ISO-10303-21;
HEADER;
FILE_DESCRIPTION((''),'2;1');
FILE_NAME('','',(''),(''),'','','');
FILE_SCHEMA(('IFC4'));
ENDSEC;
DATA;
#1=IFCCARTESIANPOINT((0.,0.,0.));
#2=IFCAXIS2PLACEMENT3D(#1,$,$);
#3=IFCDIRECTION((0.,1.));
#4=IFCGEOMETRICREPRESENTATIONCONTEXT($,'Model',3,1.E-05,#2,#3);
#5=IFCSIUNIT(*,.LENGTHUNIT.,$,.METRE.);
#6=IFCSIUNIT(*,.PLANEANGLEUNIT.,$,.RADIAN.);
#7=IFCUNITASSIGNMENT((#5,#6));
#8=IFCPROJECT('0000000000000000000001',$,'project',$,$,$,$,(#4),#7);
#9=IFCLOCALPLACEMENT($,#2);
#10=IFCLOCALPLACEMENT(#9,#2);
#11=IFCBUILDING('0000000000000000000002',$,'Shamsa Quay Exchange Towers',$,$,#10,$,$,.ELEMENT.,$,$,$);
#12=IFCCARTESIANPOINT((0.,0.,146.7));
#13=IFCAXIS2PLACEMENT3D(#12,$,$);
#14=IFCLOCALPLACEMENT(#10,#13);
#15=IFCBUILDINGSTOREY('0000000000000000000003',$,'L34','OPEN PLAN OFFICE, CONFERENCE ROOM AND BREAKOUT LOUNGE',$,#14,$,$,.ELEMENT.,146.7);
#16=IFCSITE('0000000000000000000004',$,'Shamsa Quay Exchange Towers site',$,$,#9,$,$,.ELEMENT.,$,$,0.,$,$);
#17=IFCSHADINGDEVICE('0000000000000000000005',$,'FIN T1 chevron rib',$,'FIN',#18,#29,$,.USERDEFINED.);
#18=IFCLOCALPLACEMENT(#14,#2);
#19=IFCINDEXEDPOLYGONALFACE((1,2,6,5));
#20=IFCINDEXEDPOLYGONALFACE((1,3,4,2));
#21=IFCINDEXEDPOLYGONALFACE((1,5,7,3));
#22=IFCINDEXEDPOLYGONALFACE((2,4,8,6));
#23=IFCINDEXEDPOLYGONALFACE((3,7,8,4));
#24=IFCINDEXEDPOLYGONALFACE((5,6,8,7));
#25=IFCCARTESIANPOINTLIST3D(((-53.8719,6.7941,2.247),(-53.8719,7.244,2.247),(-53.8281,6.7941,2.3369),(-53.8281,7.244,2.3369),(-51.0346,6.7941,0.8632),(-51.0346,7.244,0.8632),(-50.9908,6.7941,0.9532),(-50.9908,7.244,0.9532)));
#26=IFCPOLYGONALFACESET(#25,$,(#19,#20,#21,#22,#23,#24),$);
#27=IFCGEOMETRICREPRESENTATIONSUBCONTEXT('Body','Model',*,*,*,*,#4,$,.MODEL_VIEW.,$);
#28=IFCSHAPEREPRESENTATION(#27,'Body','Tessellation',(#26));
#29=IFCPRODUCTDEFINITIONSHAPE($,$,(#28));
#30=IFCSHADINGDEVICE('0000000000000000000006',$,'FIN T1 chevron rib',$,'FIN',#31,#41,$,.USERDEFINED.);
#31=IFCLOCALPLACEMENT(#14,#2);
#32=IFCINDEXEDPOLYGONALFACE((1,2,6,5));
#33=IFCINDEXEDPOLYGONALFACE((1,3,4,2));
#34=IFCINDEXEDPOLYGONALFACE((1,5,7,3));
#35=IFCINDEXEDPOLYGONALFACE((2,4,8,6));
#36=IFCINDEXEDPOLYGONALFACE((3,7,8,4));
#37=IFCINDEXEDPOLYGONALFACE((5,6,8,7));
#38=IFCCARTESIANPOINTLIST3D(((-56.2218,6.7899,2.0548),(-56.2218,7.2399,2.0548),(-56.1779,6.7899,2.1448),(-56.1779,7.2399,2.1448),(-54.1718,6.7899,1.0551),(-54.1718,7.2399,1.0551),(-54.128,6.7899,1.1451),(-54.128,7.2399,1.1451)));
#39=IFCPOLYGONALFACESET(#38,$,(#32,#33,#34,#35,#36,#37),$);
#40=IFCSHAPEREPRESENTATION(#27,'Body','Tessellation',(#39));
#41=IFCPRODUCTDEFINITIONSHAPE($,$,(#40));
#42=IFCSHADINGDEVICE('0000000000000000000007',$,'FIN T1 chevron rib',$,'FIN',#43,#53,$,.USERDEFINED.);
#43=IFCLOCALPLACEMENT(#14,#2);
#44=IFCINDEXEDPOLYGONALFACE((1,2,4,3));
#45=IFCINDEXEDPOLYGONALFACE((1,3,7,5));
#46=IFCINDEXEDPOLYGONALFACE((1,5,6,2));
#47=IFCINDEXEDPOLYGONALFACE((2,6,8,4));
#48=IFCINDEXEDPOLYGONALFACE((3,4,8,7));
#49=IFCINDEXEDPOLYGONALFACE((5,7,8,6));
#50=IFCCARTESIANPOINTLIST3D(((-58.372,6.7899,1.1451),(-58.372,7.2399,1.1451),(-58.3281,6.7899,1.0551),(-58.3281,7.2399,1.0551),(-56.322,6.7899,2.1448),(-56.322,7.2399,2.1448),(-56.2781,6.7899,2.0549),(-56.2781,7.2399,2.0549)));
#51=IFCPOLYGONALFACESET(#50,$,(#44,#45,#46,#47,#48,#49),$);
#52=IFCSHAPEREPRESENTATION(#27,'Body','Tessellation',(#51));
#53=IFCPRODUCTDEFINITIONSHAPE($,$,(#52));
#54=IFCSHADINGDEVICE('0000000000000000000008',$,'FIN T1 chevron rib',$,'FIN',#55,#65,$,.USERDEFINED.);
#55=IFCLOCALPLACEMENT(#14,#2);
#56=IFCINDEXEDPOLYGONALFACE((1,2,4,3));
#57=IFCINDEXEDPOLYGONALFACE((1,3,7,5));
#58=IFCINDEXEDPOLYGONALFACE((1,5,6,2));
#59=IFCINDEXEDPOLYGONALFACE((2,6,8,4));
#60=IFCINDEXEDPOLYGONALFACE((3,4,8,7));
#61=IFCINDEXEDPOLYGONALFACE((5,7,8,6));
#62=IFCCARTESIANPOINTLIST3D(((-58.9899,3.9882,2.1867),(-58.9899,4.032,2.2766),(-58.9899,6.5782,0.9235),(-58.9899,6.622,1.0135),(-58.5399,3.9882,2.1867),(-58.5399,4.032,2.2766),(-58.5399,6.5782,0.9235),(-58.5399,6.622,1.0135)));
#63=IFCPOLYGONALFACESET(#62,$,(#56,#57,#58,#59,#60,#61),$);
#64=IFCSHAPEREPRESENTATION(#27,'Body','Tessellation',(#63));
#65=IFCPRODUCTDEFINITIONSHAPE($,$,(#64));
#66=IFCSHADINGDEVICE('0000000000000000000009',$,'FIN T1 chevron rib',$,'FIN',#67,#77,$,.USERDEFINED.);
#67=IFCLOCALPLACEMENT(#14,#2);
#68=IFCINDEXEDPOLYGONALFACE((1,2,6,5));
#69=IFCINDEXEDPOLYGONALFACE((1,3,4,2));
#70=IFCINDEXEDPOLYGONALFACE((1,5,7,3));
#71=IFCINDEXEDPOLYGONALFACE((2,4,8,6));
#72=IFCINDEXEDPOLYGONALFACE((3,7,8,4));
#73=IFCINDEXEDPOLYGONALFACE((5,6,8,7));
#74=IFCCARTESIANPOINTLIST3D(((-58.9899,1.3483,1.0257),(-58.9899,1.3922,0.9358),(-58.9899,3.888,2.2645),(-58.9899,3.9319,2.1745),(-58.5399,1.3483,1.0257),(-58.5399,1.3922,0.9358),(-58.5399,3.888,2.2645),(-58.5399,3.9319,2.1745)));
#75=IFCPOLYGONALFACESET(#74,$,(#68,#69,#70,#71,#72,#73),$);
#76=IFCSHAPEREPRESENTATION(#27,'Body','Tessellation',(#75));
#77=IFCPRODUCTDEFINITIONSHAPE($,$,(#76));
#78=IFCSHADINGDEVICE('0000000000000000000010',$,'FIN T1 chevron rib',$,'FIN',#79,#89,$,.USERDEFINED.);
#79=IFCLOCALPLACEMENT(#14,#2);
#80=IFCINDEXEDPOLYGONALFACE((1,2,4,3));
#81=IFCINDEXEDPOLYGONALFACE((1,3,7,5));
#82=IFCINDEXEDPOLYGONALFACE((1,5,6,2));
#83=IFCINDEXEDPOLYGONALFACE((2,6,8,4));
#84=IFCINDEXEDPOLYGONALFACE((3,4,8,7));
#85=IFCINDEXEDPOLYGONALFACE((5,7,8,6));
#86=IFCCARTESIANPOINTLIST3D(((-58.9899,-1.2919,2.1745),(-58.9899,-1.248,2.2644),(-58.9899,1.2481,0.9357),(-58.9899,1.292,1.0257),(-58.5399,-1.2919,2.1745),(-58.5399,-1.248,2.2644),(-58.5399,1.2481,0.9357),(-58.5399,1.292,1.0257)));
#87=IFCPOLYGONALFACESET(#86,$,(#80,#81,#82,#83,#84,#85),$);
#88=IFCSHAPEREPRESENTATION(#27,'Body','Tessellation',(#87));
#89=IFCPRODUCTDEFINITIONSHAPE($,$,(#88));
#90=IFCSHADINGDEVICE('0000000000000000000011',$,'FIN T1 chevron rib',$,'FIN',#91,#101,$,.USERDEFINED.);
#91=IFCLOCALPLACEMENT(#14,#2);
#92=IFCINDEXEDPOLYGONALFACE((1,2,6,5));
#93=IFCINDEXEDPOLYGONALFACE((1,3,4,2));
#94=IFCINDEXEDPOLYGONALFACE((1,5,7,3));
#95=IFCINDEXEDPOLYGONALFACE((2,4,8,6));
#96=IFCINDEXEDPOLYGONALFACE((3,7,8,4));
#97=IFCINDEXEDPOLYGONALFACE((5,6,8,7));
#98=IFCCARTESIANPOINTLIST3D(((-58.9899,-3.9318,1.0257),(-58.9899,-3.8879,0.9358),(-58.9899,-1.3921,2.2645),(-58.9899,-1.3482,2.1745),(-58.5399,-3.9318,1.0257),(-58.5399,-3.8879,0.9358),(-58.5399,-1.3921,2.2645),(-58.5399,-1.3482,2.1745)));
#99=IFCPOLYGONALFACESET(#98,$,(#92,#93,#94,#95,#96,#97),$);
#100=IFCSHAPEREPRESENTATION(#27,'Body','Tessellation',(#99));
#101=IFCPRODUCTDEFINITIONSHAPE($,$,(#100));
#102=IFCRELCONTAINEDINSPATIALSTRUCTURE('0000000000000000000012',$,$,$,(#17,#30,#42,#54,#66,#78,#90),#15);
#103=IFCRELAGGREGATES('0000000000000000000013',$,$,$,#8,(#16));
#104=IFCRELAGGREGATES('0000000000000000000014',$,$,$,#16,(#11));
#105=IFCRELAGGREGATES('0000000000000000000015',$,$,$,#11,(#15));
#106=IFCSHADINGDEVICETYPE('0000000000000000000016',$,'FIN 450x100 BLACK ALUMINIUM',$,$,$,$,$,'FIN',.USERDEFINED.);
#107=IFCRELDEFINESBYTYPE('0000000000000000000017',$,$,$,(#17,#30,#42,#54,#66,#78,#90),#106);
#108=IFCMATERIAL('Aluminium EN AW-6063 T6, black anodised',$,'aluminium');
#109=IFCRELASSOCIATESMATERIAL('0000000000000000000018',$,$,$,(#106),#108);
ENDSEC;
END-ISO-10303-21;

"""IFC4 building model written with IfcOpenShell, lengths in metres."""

from ifc_helpers import new_model, si_unit, direction, frame, origin, origin_2d, place, context, subcontext, project, spatial, rectangle, extrude, material, material_profile, profile_set, type_object, element, save


model = new_model("IFC4")

# Units and contexts
model_context = context("Model", 3, precision=1e-05, world=origin(), true_north=direction((0.0, 1.0)))
body_context = subcontext(model_context, "Body", "Model", "MODEL_VIEW")
ifc_project = project(units=[si_unit("LENGTHUNIT", "METRE"), si_unit("PLANEANGLEUNIT", "RADIAN")], contexts=[model_context])

# Site, building, storey
site_placement = place(None, origin())
site = spatial("IfcSite", under=ifc_project, at=site_placement, Name="Shamsa Quay Exchange Towers site", CompositionType="ELEMENT", RefElevation=0.0)
building_placement = place(site_placement, origin())
building = spatial("IfcBuilding", under=site, at=building_placement, Name="Shamsa Quay Exchange Towers", CompositionType="ELEMENT")
storey_placement = place(building_placement, frame((0.0, 0.0, 146.7)))
storey = spatial("IfcBuildingStorey", under=building, at=storey_placement, Name="L34", Description="OPEN PLAN OFFICE, CONFERENCE ROOM AND BREAKOUT LOUNGE", CompositionType="ELEMENT", Elevation=146.7)

# Shared definitions
ifc_material_1 = material(Name="Aluminium EN AW-6063 T6, black anodised", Category="aluminium")

# Shading devices
ifc_material_profile_1 = material_profile(ifc_material_1, rectangle(XDim=0.45, YDim=0.1001, at=origin_2d()), Name="FIN450x100")
ifc_profile_set_1 = profile_set([ifc_material_profile_1], Name="Aluminium EN AW-6063 T6, black anodised")
shading_device_type = type_object("IfcShadingDeviceType", Name="FIN 450x100 BLACK ALUMINIUM", ElementType="FIN", PredefinedType="USERDEFINED", material=ifc_profile_set_1)
shading_device_1_placement = place(storey_placement, frame((-51.0127, 7.019, 0.9082), z_axis=(-0.898807, 0.0, 0.438344), x_axis=(0.0, -1.0, 0.0)))
element("IfcShadingDevice", 1, at=shading_device_1_placement, inside=storey, type_object=shading_device_type, Name="FIN T1 chevron rib", ObjectType="FIN", PredefinedType="USERDEFINED", context=body_context, shape_type="SweptSolid", body=[
    extrude(rectangle(XDim=0.45, YDim=0.1001, at=origin_2d()), origin(), (0.0, 0.0, 1.0), 3.1567),
])
for number, where, z_axis, x_axis, name in (
    (2, (-54.1499, 7.0149, 1.1001), (-0.898815, 0.0, 0.438329), (0.0, -1.0, 0.0), "FIN T1 chevron rib"),
    (3, (-56.3, 7.0149, 2.0999), (-0.898815, 0.0, -0.438329), (0.0, -1.0, 0.0), "FIN T1 chevron rib"),
):
    element("IfcShadingDevice", number, at=place(storey_placement, frame(where, z_axis=z_axis, x_axis=x_axis)), inside=storey, type_object=shading_device_type, Name=name, ObjectType="FIN", PredefinedType="USERDEFINED", context=body_context, shape_type="SweptSolid", body=[
        extrude(rectangle(XDim=0.45, YDim=0.1001, at=origin_2d()), origin(), (0.0, 0.0, 1.0), 2.2808),
    ])
shading_device_2_placement = place(storey_placement, frame((-58.7649, 6.6001, 0.9685), z_axis=(0.0, -0.898806, 0.438347), x_axis=(1.0, 0.0, 0.0)))
element("IfcShadingDevice", 4, at=shading_device_2_placement, inside=storey, type_object=shading_device_type, Name="FIN T1 chevron rib", ObjectType="FIN", PredefinedType="USERDEFINED", context=body_context, shape_type="SweptSolid", body=[
    extrude(rectangle(XDim=0.45, YDim=0.1001, at=origin_2d()), origin(), (0.0, 0.0, 1.0), 2.8816),
])
shading_device_3_placement = place(storey_placement, frame((-58.7649, 3.9099, 2.2195), z_axis=(0.0, -0.89879, -0.438379), x_axis=(1.0, 0.0, 0.0)))
element("IfcShadingDevice", 5, at=shading_device_3_placement, inside=storey, type_object=shading_device_type, Name="FIN T1 chevron rib", ObjectType="FIN", PredefinedType="USERDEFINED", context=body_context, shape_type="SweptSolid", body=[
    extrude(rectangle(XDim=0.45, YDim=0.1001, at=origin_2d()), origin(), (0.0, 0.0, 1.0), 2.8257),
])
shading_device_4_placement = place(storey_placement, frame((-58.7649, 1.27, 0.9807), z_axis=(0.0, -0.898807, 0.438345), x_axis=(1.0, 0.0, 0.0)))
element("IfcShadingDevice", 6, at=shading_device_4_placement, inside=storey, type_object=shading_device_type, Name="FIN T1 chevron rib", ObjectType="FIN", PredefinedType="USERDEFINED", context=body_context, shape_type="SweptSolid", body=[
    extrude(rectangle(XDim=0.45, YDim=0.1001, at=origin_2d()), origin(), (0.0, 0.0, 1.0), 2.8259),
])
shading_device_5_placement = place(storey_placement, frame((-58.7649, -1.3701, 2.2195), z_axis=(0.0, -0.89879, -0.438379), x_axis=(1.0, 0.0, 0.0)))
element("IfcShadingDevice", 7, at=shading_device_5_placement, inside=storey, type_object=shading_device_type, Name="FIN T1 chevron rib", ObjectType="FIN", PredefinedType="USERDEFINED", context=body_context, shape_type="SweptSolid", body=[
    extrude(rectangle(XDim=0.45, YDim=0.1001, at=origin_2d()), origin(), (0.0, 0.0, 1.0), 2.8257),
])

save(model, "model.ifc")
